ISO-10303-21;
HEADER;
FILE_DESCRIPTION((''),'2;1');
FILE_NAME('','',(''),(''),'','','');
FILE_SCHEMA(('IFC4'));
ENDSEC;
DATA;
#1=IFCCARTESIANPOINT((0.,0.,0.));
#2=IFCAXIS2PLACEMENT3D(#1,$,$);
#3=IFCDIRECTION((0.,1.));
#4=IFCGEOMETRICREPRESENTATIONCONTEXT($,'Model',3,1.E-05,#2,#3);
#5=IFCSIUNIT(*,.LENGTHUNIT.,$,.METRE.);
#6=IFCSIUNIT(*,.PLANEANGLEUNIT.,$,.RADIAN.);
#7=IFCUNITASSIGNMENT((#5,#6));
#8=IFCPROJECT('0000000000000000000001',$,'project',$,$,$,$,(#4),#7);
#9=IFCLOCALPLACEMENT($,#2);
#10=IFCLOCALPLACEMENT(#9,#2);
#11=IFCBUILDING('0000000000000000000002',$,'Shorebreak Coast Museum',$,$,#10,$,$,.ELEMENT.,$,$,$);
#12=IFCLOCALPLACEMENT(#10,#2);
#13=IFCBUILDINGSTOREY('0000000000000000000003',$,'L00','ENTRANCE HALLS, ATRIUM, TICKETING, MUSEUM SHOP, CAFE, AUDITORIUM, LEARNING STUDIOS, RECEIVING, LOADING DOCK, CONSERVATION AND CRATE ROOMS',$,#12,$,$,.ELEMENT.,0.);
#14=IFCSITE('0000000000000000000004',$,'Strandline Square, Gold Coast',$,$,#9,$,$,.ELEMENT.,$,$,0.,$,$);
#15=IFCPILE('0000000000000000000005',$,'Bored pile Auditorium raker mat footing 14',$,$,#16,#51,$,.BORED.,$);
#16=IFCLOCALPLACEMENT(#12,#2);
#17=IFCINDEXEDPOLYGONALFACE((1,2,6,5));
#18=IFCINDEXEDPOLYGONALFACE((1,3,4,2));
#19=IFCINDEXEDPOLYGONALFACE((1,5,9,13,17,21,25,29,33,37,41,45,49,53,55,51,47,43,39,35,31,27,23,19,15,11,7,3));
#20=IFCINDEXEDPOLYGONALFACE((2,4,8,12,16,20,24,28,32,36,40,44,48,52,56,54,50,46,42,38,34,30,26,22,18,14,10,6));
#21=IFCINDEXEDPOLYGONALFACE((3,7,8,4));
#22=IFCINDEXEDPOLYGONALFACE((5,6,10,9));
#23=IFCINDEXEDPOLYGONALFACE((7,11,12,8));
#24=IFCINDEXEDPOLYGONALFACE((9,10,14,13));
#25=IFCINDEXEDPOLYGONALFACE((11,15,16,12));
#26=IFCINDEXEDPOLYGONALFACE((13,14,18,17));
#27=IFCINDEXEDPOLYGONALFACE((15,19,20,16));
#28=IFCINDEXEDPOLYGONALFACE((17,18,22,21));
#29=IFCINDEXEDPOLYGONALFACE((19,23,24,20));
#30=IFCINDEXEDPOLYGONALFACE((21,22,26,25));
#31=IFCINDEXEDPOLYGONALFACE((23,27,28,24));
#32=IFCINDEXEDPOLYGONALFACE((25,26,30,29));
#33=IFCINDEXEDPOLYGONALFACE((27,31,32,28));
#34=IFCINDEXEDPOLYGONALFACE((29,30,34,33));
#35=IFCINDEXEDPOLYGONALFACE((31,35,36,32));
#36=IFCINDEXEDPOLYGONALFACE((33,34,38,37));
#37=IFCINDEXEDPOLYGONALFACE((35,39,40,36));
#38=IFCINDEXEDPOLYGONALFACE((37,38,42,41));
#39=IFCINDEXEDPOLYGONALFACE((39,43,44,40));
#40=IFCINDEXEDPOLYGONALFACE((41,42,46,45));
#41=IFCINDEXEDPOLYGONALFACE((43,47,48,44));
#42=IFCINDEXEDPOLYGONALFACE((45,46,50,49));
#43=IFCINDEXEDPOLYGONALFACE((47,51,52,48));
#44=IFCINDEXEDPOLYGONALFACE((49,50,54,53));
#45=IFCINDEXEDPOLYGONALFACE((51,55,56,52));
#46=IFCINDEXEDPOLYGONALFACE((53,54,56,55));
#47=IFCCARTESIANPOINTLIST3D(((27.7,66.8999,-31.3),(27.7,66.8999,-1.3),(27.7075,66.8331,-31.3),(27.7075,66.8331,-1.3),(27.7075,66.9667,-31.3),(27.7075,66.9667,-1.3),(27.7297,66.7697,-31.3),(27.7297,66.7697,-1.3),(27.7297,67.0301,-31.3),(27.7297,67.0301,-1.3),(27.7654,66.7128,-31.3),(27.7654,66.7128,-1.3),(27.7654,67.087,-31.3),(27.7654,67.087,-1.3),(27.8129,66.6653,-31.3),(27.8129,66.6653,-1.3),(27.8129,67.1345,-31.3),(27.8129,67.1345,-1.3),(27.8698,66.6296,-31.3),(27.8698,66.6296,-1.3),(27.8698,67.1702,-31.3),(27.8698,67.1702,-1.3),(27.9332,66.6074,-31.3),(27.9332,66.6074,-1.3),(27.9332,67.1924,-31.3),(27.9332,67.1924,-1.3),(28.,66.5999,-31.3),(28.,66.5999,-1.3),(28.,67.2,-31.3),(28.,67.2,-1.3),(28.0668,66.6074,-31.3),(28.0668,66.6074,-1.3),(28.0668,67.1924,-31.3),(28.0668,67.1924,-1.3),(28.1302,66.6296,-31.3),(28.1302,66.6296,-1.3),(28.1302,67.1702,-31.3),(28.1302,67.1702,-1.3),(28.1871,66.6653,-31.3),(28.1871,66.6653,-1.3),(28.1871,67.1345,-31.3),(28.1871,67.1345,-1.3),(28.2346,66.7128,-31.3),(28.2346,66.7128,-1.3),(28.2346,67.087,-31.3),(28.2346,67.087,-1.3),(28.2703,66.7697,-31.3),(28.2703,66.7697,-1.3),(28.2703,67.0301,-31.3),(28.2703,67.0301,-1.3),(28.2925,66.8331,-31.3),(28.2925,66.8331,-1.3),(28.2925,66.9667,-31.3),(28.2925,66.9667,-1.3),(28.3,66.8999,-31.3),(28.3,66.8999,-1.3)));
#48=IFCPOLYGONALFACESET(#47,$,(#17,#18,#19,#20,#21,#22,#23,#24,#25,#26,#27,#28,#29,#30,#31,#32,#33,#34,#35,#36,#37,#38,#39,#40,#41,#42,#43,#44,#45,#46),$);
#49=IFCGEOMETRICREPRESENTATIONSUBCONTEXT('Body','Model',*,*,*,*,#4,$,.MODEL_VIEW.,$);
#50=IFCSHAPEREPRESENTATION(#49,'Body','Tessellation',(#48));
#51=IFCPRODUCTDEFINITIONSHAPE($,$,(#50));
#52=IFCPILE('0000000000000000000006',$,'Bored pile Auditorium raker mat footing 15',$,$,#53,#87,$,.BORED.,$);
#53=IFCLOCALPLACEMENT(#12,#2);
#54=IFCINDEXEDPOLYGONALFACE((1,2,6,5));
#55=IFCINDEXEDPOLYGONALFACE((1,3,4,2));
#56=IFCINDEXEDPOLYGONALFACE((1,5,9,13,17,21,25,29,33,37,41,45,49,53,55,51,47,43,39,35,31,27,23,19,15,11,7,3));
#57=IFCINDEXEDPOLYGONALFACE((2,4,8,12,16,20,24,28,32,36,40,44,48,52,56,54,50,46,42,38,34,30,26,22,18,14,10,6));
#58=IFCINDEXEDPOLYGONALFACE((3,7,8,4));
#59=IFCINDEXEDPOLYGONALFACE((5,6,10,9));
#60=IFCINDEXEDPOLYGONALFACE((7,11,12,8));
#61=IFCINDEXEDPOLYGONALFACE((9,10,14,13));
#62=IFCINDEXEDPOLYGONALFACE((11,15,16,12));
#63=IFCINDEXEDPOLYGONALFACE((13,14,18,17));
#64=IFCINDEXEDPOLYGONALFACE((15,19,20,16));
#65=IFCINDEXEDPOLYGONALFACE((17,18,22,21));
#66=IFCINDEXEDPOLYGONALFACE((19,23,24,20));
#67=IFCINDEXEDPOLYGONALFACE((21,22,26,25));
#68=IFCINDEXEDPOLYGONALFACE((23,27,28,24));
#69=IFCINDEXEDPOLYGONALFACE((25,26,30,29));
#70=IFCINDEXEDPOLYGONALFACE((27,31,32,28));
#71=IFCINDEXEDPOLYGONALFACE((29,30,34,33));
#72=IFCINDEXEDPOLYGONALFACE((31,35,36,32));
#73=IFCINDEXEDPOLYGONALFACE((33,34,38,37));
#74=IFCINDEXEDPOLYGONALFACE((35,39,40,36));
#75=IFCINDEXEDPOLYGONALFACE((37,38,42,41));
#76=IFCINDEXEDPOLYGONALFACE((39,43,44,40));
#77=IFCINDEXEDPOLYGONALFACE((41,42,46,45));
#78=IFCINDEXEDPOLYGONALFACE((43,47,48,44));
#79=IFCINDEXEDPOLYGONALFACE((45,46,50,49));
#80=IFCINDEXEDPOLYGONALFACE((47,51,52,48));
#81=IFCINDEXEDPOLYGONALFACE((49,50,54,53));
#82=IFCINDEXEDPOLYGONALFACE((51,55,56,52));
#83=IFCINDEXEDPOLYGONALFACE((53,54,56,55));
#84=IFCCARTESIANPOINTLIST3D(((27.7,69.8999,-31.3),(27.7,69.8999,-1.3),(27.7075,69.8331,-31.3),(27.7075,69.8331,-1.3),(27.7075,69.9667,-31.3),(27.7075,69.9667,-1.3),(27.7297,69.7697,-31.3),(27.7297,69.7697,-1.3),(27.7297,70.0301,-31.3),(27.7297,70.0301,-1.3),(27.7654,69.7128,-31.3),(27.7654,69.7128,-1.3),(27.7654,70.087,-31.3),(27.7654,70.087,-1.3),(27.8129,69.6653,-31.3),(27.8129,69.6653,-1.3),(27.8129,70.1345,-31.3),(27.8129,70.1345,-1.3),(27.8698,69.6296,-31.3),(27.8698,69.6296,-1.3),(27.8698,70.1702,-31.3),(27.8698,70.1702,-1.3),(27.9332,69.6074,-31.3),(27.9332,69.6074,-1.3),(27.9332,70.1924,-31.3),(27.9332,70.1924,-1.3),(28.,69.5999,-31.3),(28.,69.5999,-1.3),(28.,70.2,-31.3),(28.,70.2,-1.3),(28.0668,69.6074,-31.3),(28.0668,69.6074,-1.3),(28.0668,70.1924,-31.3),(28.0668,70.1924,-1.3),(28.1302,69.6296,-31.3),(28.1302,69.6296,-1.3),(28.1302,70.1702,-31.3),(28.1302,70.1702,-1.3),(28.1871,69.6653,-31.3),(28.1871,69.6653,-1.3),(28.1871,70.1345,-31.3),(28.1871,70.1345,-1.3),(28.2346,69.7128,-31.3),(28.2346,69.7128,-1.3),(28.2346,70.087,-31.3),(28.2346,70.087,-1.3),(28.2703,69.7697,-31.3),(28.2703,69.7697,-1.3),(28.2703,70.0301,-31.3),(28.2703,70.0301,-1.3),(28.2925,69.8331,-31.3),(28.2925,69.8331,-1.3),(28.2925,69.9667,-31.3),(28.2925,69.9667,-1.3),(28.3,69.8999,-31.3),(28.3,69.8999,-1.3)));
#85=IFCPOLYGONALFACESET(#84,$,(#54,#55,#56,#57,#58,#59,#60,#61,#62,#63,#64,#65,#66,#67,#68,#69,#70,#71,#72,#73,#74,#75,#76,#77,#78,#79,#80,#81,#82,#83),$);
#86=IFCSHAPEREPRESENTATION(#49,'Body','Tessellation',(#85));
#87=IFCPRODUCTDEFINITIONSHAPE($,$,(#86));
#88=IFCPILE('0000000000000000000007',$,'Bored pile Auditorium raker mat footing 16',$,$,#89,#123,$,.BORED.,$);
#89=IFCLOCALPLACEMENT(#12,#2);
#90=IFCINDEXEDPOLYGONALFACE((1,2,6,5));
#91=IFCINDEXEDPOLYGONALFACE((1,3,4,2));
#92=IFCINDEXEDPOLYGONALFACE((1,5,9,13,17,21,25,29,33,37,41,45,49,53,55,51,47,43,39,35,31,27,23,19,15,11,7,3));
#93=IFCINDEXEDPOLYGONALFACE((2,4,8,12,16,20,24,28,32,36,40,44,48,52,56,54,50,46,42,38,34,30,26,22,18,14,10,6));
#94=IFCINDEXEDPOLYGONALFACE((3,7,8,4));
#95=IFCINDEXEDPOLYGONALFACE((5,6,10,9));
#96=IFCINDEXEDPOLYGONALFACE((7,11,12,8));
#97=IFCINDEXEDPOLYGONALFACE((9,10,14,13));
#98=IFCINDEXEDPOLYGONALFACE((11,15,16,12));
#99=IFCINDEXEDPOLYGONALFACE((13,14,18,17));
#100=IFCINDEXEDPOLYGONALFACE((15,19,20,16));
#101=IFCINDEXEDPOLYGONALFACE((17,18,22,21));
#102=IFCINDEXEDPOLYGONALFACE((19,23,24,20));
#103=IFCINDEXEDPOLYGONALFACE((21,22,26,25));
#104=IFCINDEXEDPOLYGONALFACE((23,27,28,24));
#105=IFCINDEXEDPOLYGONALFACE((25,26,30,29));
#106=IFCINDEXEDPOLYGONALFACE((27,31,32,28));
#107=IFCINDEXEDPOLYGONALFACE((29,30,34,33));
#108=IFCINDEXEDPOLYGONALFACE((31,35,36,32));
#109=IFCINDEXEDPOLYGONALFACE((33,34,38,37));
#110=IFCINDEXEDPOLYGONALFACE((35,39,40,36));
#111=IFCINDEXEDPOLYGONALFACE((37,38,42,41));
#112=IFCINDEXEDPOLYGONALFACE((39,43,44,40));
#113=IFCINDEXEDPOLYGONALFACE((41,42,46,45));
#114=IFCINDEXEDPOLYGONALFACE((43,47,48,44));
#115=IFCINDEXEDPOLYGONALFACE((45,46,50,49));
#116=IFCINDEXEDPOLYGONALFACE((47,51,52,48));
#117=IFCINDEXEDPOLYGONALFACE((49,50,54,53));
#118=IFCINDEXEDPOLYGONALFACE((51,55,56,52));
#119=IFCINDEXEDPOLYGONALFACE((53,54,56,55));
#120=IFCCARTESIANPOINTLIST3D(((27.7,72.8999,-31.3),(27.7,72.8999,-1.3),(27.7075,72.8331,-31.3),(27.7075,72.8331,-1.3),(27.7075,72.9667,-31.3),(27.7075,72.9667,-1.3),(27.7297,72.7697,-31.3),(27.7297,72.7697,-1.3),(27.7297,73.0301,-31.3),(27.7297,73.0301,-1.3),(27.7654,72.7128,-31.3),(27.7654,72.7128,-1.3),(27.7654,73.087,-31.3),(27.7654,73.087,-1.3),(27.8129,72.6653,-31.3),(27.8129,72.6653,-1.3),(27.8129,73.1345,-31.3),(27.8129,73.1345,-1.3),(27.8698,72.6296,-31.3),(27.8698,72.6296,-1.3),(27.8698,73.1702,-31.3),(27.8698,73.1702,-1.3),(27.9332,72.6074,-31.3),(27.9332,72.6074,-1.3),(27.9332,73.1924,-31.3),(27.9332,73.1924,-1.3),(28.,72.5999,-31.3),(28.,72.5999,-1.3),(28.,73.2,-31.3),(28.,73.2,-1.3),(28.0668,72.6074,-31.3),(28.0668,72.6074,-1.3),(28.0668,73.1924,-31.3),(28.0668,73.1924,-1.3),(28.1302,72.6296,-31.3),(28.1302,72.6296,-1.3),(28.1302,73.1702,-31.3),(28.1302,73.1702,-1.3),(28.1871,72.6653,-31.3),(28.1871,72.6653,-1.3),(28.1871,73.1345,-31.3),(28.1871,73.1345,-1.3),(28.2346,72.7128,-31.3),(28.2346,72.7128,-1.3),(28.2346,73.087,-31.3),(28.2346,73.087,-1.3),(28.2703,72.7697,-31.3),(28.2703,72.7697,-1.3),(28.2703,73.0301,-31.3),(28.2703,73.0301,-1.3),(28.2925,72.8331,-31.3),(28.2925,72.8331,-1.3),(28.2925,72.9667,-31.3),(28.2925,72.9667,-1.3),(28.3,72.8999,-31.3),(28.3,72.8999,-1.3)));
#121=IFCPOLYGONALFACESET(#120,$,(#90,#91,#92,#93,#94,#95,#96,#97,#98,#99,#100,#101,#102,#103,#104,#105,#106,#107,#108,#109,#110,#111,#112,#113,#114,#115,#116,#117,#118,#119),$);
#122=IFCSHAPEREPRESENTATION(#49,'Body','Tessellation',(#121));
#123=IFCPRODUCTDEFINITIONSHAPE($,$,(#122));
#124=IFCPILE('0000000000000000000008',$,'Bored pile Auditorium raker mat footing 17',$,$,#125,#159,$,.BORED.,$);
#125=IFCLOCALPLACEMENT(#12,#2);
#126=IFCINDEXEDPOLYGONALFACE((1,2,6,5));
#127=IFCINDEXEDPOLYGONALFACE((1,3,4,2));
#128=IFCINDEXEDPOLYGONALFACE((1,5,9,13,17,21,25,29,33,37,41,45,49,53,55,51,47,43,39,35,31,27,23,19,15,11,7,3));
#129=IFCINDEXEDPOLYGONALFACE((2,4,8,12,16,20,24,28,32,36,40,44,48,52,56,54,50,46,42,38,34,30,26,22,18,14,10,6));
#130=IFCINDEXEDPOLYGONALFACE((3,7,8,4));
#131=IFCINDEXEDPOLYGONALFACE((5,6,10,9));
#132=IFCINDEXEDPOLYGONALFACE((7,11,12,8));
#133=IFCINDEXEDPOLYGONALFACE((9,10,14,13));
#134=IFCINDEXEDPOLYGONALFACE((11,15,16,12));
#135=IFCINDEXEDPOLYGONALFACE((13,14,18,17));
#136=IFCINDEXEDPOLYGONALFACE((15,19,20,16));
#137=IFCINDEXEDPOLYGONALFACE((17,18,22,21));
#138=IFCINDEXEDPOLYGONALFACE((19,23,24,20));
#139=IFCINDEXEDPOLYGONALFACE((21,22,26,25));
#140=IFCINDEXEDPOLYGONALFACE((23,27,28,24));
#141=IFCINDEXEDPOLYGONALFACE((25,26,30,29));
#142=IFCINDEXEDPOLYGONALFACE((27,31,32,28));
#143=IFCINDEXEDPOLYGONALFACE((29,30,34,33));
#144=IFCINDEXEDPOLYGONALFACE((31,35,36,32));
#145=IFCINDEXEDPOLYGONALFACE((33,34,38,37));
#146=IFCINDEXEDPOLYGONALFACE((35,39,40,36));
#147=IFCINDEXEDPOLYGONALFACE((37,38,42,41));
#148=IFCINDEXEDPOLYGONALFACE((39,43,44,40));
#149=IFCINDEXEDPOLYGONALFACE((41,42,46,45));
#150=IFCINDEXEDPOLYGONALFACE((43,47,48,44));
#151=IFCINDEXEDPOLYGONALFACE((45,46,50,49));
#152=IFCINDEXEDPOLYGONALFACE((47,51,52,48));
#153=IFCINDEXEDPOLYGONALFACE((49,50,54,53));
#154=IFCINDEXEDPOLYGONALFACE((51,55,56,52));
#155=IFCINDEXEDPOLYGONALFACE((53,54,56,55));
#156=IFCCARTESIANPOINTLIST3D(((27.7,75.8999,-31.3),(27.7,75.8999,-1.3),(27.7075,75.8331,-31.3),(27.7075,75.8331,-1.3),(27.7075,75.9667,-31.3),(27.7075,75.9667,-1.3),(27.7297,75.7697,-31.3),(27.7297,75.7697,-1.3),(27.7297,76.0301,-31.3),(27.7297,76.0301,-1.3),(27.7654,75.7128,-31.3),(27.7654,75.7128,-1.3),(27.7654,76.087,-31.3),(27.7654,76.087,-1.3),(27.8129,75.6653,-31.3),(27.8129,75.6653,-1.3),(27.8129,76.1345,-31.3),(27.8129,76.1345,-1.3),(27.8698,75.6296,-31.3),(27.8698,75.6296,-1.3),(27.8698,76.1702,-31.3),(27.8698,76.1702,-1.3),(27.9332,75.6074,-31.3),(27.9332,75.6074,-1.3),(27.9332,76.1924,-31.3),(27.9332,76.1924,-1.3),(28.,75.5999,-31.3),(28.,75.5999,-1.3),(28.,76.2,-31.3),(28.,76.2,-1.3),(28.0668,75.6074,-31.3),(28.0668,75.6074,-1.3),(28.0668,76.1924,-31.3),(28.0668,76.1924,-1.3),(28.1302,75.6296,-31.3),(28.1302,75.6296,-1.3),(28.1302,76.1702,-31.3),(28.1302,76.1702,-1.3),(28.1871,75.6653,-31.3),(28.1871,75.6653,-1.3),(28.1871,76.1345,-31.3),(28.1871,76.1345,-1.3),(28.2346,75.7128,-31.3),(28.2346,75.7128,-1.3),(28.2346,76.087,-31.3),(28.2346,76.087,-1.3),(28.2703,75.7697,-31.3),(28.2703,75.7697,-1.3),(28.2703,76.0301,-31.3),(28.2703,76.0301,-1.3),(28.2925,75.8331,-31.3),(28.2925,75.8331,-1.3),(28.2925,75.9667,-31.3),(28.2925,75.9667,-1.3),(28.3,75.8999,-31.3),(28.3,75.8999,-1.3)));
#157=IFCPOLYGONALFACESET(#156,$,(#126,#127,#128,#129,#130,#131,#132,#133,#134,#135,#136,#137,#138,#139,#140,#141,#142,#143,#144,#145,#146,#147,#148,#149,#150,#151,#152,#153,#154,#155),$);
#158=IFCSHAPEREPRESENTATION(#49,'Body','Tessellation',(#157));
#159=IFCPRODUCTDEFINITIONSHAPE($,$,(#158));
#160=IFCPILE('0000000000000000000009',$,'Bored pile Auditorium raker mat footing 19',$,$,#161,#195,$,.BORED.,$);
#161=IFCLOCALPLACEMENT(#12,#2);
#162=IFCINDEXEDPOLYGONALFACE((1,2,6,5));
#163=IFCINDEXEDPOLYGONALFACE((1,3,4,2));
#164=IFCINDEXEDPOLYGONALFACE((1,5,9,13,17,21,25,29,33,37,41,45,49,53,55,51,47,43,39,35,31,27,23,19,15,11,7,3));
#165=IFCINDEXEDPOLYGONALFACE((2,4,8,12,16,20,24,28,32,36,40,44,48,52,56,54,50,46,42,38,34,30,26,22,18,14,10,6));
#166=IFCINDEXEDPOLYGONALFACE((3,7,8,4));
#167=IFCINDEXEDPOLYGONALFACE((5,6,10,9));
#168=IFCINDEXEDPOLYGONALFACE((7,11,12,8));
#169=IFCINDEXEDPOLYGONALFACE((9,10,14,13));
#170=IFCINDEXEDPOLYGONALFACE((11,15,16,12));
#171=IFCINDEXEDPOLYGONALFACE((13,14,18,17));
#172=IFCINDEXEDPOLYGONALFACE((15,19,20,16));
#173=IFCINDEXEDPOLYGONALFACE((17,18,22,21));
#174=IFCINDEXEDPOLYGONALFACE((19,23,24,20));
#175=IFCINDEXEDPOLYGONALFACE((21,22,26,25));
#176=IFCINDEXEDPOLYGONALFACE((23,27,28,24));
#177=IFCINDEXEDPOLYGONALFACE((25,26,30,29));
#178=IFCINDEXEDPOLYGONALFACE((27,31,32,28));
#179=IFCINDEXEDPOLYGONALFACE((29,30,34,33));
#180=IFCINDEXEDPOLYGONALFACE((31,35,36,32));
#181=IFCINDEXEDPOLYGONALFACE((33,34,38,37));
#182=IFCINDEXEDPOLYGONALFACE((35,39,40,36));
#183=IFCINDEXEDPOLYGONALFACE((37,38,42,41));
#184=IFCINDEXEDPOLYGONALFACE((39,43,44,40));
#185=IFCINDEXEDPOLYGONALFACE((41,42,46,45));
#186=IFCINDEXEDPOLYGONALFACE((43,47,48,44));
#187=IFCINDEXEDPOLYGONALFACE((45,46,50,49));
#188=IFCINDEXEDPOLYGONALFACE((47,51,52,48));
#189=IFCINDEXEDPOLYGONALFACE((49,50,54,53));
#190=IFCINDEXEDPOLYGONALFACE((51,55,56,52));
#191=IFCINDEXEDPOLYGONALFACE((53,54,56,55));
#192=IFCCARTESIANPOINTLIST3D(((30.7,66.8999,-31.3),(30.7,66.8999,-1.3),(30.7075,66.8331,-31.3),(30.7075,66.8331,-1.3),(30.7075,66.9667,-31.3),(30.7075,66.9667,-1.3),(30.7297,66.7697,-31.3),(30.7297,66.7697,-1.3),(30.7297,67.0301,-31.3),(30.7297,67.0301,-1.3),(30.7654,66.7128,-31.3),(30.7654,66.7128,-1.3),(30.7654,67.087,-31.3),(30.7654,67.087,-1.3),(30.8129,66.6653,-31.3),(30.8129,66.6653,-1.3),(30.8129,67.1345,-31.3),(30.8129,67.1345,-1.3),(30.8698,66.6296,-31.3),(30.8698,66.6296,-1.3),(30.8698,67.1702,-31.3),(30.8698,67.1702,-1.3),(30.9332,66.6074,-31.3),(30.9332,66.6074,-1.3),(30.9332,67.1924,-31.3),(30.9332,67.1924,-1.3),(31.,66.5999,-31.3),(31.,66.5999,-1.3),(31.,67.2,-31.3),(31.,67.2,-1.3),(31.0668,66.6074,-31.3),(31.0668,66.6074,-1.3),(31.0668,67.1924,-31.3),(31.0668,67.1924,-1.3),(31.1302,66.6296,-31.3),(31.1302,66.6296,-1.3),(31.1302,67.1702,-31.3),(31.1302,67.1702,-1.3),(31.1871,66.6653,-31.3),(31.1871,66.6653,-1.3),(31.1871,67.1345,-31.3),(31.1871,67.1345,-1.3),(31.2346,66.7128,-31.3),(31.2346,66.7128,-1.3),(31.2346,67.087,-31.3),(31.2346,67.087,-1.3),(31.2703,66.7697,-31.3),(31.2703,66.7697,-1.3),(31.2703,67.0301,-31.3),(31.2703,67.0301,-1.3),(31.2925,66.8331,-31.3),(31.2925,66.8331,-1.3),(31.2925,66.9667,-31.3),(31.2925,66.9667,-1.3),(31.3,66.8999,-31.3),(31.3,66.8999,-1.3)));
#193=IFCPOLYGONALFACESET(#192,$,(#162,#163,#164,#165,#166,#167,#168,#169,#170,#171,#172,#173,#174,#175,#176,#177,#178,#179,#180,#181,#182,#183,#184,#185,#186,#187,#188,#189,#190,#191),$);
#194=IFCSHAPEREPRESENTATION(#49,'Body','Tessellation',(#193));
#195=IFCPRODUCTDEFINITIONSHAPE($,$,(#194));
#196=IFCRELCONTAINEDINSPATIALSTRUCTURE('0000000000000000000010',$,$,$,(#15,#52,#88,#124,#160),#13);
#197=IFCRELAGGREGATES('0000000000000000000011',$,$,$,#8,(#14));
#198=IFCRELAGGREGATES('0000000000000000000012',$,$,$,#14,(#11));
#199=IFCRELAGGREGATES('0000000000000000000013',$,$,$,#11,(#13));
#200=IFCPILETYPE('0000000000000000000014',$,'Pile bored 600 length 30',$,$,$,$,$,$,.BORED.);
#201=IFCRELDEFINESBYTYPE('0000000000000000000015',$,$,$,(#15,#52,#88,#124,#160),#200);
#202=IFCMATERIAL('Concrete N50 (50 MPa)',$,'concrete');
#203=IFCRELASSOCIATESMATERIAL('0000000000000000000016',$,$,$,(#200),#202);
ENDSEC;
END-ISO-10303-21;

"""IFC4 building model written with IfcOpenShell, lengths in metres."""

from ifc_helpers import new_model, si_unit, direction, frame, origin, origin_2d, place, context, subcontext, project, spatial, circle, extrude, material, material_profile, profile_set, type_object, element, save


model = new_model("IFC4")

# Units and contexts
model_context = context("Model", 3, precision=1e-05, world=origin(), true_north=direction((0.0, 1.0)))
body_context = subcontext(model_context, "Body", "Model", "MODEL_VIEW")
ifc_project = project(units=[si_unit("LENGTHUNIT", "METRE"), si_unit("PLANEANGLEUNIT", "RADIAN")], contexts=[model_context])

# Site, building, storey
site_placement = place(None, origin())
site = spatial("IfcSite", under=ifc_project, at=site_placement, Name="Strandline Square, Gold Coast", CompositionType="ELEMENT", RefElevation=0.0)
building_placement = place(site_placement, origin())
building = spatial("IfcBuilding", under=site, at=building_placement, Name="Shorebreak Coast Museum", CompositionType="ELEMENT")
storey_placement = place(building_placement, origin())
storey = spatial("IfcBuildingStorey", under=building, at=storey_placement, Name="L00", Description="ENTRANCE HALLS, ATRIUM, TICKETING, MUSEUM SHOP, CAFE, AUDITORIUM, LEARNING STUDIOS, RECEIVING, LOADING DOCK, CONSERVATION AND CRATE ROOMS", CompositionType="ELEMENT", Elevation=0.0)

# Piles
ifc_material_1 = material(Name="Concrete N50 (50 MPa)", Category="concrete")
ifc_material_profile = material_profile(ifc_material_1, circle(Radius=0.3, at=origin_2d()), Name="Pile bored 600 length 30")
ifc_profile_set = profile_set([ifc_material_profile], Name="Concrete N50 (50 MPa)")
pile_type = type_object("IfcPileType", Name="Pile bored 600 length 30", PredefinedType="BORED", material=ifc_profile_set)
for number, where, z_axis, x_axis, name in (
    (1, (28.0, 66.8999, -1.3), (0.0, 0.0, -1.0), (1.0, 0.0, 0.0), "Bored pile Auditorium raker mat footing 14"),
    (2, (28.0, 69.8999, -1.3), (0.0, 0.0, -1.0), (1.0, 0.0, 0.0), "Bored pile Auditorium raker mat footing 15"),
    (3, (28.0, 72.8999, -1.3), (0.0, 0.0, -1.0), (1.0, 0.0, 0.0), "Bored pile Auditorium raker mat footing 16"),
    (4, (28.0, 75.8999, -1.3), (0.0, 0.0, -1.0), (1.0, 0.0, 0.0), "Bored pile Auditorium raker mat footing 17"),
    (5, (31.0, 66.8999, -1.3), (0.0, 0.0, -1.0), (1.0, 0.0, 0.0), "Bored pile Auditorium raker mat footing 19"),
):
    element("IfcPile", number, at=place(storey_placement, frame(where, z_axis=z_axis, x_axis=x_axis)), inside=storey, type_object=pile_type, Name=name, PredefinedType="BORED", context=body_context, shape_type="SweptSolid", body=[
        extrude(circle(Radius=0.3, at=origin_2d()), origin(), (0.0, 0.0, 1.0), 30.0),
    ])

save(model, "model.ifc")
